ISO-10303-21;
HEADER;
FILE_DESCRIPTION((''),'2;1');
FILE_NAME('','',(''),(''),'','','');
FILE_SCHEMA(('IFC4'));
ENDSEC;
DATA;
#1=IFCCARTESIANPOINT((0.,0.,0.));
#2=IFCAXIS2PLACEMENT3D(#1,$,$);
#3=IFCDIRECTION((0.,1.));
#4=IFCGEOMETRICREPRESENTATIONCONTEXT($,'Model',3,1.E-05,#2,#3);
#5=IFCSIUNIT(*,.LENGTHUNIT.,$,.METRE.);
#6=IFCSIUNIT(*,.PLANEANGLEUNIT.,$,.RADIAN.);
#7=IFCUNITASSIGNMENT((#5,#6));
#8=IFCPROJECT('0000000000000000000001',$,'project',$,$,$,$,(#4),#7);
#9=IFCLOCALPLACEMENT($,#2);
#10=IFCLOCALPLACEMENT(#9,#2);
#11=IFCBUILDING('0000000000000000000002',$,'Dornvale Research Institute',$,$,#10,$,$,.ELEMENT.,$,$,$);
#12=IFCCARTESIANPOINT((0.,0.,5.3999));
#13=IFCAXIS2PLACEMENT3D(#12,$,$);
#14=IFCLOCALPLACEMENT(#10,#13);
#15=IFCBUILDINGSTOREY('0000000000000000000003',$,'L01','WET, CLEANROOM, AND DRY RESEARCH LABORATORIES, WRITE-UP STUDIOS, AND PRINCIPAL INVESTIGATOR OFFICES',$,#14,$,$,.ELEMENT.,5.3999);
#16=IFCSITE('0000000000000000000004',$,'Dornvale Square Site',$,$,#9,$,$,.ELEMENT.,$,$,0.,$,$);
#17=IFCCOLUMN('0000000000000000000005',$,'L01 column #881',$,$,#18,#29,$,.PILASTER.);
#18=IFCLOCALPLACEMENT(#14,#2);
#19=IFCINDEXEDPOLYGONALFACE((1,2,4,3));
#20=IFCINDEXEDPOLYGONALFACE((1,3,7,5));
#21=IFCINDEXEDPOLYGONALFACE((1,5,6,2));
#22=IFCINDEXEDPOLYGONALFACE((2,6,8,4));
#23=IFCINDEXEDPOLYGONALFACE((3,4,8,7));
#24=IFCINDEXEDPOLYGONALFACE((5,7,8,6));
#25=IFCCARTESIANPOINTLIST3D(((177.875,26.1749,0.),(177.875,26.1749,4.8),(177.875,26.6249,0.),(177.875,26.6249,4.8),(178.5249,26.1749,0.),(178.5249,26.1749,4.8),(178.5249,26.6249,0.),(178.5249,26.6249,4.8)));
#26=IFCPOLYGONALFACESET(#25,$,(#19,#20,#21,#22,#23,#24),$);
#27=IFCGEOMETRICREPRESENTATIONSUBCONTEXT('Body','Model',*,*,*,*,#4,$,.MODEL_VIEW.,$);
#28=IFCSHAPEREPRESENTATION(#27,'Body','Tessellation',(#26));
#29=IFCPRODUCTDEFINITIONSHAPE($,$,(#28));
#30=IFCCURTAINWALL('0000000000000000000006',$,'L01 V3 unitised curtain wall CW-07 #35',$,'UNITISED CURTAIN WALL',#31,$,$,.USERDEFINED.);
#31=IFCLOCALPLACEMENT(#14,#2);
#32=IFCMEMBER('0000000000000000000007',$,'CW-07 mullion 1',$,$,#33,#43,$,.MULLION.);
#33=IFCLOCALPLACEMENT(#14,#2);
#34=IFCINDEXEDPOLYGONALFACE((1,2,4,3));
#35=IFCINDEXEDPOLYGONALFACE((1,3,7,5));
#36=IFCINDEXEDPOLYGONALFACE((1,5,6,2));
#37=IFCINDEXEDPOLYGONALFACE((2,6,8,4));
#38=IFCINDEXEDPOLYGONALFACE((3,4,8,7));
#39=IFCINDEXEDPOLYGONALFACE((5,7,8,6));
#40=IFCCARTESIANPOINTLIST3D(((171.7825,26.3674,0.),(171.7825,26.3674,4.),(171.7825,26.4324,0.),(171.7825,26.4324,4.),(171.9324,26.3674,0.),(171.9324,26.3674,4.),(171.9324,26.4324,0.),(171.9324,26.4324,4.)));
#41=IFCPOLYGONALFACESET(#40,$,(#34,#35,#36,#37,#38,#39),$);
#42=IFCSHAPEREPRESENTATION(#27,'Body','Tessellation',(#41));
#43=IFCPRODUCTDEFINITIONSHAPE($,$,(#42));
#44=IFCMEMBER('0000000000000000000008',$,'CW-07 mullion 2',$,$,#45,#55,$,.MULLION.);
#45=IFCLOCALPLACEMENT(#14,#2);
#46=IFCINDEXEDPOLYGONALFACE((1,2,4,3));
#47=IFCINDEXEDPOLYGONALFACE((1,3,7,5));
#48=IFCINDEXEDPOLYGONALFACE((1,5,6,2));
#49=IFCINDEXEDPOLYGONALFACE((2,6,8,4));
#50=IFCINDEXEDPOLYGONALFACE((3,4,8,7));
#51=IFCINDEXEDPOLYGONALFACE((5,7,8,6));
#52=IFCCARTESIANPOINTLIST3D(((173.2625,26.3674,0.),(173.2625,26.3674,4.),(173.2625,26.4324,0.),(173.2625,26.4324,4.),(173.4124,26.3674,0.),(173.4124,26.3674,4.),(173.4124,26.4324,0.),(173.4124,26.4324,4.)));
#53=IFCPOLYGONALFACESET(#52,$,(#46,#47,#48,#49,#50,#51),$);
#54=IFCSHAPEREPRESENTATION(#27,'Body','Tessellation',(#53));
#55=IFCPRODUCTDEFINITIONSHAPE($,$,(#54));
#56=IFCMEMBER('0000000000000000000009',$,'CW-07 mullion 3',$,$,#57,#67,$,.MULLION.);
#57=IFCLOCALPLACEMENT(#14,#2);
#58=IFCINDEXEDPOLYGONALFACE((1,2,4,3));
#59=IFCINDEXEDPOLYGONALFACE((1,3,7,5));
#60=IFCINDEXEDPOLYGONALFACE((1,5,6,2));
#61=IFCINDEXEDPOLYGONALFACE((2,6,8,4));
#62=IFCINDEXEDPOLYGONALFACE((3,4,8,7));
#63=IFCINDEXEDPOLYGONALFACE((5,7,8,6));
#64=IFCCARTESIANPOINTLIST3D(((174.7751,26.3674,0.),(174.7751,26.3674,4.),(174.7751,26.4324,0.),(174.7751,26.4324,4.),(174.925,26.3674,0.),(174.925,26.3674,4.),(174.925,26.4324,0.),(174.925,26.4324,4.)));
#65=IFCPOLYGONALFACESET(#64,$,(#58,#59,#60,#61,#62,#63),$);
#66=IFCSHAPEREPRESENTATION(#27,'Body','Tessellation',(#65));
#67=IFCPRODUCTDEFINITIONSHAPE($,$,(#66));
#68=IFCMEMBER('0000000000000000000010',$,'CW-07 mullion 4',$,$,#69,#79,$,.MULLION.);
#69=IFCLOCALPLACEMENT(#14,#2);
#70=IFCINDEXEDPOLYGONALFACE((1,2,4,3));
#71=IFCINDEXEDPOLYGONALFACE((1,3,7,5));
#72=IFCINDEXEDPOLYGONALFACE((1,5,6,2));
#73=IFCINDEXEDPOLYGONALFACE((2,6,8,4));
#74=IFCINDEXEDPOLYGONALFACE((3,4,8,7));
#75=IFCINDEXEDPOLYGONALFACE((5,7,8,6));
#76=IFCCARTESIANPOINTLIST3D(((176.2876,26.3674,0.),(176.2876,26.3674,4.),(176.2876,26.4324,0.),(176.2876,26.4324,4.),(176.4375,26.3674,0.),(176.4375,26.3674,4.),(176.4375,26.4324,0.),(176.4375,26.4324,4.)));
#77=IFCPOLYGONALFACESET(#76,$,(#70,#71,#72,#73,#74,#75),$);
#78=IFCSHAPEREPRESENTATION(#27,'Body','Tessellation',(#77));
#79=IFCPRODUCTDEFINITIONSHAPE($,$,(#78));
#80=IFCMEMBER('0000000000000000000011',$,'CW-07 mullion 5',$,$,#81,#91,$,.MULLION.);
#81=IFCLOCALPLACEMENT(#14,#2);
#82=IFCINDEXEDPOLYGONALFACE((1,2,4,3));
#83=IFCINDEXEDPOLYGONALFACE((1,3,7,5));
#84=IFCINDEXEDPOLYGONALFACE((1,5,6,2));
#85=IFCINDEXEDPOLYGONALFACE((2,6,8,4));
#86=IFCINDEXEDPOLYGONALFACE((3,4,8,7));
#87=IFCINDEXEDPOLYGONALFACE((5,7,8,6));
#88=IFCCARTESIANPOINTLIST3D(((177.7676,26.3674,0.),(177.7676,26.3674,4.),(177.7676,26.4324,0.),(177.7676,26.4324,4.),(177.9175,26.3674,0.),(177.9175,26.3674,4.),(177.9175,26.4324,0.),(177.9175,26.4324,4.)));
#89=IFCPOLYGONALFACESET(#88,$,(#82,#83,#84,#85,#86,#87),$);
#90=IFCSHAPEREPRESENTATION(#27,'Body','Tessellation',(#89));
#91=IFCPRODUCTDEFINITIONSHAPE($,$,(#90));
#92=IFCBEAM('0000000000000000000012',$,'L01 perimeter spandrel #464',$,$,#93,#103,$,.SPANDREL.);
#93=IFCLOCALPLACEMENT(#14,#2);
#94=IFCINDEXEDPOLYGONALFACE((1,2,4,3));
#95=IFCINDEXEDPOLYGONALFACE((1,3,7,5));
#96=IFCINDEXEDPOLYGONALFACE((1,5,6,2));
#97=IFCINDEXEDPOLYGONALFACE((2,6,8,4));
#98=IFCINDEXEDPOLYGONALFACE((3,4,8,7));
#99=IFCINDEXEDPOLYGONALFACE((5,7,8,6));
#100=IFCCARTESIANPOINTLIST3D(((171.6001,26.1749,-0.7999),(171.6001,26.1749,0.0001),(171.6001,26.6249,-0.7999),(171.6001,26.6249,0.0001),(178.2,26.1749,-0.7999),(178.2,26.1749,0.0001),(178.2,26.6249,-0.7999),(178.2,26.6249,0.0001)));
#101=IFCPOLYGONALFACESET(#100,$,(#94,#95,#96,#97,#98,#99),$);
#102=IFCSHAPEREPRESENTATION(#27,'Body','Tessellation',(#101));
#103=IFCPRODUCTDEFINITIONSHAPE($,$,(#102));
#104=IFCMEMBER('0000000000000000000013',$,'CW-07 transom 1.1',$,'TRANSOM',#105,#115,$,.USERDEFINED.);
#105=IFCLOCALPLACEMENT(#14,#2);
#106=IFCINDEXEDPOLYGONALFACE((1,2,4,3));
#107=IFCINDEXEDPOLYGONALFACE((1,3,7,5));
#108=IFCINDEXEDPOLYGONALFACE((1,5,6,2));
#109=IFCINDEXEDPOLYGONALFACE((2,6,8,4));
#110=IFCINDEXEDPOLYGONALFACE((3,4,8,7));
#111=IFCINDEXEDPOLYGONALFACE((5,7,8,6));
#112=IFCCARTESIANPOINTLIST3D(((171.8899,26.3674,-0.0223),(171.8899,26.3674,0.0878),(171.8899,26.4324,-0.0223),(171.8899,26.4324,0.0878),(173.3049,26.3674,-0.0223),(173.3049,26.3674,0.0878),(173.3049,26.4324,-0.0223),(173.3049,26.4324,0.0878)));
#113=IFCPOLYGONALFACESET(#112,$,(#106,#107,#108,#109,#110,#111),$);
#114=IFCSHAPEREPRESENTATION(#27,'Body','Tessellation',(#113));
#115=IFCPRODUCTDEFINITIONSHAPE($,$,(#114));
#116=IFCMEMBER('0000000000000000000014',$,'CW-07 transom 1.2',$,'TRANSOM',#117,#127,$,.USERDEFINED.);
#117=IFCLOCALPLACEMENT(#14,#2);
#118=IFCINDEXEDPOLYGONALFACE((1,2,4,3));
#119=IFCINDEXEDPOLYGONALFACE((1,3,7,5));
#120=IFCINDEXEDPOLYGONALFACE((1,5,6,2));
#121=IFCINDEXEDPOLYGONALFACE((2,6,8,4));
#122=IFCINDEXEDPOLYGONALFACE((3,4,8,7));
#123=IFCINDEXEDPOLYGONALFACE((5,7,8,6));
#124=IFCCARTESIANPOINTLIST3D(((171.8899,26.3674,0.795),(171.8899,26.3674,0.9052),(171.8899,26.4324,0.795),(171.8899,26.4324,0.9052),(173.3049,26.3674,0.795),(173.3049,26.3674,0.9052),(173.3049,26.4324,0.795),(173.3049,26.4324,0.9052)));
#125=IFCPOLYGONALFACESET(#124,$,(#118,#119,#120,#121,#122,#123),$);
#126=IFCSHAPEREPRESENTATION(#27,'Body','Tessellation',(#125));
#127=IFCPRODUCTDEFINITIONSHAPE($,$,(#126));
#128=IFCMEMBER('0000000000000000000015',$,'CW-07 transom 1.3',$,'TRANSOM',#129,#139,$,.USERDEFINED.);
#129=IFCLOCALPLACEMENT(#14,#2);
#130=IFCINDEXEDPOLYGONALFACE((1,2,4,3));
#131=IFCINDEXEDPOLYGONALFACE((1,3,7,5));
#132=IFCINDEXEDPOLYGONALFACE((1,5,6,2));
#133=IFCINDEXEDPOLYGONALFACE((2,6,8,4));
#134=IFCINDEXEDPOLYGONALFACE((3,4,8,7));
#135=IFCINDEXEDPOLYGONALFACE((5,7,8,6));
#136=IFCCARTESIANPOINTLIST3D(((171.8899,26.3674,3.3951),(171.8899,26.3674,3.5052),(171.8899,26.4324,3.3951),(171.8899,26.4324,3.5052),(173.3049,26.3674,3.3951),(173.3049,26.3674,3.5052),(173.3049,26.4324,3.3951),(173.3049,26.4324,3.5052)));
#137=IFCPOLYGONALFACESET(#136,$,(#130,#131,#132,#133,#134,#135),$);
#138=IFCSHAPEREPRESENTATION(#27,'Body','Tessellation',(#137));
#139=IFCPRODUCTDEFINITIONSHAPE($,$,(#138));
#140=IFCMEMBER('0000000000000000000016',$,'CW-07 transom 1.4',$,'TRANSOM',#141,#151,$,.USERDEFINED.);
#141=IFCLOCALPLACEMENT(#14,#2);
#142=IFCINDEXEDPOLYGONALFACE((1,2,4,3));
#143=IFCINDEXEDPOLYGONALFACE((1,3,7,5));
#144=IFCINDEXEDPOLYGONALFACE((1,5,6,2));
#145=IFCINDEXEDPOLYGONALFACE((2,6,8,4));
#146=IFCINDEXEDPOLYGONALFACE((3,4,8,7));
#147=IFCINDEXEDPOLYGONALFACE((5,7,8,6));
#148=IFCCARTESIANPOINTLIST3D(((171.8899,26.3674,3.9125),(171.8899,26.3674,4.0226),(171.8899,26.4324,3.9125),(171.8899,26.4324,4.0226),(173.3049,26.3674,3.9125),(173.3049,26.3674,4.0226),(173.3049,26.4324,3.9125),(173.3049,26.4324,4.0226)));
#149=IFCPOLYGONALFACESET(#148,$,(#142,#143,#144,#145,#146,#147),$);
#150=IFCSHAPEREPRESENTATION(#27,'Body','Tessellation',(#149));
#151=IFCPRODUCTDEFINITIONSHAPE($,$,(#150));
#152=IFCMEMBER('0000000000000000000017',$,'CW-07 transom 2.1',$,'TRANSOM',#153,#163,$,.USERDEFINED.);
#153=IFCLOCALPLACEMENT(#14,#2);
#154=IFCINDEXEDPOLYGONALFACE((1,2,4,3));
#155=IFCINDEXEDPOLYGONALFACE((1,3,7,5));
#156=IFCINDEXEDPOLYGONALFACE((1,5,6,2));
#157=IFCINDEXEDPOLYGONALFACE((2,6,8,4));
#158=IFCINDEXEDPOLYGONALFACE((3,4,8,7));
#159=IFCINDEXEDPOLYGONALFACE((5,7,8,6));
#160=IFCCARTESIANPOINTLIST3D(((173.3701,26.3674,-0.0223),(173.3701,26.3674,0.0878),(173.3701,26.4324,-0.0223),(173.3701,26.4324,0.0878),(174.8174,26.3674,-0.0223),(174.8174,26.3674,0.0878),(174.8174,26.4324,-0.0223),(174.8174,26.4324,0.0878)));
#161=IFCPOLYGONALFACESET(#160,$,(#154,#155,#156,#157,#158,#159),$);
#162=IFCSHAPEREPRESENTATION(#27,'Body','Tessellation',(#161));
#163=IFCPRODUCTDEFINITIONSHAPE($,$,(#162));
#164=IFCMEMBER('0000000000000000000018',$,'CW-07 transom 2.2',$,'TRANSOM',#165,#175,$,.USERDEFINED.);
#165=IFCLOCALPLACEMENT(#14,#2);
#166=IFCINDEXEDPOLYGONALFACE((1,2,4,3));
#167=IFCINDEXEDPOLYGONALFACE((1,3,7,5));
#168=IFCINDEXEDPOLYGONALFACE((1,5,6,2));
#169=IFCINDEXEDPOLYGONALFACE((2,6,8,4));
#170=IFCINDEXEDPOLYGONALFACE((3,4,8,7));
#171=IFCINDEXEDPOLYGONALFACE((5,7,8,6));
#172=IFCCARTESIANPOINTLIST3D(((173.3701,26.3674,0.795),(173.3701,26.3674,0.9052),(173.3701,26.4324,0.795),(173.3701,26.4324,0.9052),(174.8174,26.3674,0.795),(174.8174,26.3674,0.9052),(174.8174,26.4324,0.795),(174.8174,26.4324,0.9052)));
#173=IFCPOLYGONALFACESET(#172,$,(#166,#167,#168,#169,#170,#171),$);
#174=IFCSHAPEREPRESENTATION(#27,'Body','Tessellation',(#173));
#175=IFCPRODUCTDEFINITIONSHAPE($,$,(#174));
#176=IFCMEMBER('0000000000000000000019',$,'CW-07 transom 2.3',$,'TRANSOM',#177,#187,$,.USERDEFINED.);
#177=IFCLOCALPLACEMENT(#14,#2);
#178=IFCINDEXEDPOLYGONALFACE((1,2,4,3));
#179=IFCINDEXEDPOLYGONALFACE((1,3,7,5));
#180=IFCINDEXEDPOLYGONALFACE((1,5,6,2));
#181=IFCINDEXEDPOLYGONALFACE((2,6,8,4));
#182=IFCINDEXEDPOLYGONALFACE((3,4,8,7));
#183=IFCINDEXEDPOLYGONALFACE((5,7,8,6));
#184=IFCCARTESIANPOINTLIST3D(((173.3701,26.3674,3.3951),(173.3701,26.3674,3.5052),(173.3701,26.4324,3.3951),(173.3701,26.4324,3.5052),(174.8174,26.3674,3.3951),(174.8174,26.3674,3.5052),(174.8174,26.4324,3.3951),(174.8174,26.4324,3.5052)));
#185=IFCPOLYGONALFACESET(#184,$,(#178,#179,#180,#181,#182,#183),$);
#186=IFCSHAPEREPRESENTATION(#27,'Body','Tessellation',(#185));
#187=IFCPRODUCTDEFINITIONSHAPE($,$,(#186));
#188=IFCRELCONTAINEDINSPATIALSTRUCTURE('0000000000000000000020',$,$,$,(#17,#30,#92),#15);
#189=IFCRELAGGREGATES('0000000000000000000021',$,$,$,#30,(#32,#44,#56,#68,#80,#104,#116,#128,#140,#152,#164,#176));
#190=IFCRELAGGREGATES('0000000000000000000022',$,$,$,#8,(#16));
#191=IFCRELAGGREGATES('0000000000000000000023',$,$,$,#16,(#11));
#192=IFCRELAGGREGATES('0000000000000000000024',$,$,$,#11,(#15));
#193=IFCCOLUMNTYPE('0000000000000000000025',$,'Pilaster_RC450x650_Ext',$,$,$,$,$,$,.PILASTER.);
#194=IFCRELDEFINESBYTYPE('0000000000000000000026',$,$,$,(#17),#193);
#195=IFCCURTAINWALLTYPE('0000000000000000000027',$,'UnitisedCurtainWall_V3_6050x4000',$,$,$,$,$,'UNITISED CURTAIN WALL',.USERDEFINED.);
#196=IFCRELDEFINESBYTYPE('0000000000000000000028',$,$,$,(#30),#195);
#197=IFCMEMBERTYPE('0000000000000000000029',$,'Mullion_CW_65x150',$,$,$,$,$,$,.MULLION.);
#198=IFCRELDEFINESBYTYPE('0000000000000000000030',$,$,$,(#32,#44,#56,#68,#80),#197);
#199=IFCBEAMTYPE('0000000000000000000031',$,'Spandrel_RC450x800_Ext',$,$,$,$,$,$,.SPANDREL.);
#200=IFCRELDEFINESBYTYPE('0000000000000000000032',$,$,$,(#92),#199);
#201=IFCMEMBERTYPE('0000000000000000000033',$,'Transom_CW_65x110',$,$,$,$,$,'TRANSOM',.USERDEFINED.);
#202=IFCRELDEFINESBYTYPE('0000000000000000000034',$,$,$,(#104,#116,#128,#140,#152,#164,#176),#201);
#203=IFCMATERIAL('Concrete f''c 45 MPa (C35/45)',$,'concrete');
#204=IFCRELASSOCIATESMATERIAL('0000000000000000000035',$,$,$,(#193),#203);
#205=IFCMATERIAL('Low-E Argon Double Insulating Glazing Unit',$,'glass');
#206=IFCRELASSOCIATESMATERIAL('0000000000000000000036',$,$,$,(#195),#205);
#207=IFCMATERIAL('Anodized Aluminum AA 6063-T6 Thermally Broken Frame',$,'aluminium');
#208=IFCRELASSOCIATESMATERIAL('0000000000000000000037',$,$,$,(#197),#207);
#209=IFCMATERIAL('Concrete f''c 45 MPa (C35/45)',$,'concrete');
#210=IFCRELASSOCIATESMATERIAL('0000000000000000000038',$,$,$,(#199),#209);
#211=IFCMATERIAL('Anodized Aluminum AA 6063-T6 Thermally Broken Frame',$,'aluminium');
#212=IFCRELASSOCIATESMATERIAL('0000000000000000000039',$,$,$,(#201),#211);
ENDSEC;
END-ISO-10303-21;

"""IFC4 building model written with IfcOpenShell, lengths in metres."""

from ifc_helpers import new_model, si_unit, direction, frame, origin, origin_2d, place, context, subcontext, project, spatial, rectangle, extrude, material, material_profile, profile_set, type_object, element, aggregate, save


model = new_model("IFC4")

# Units and contexts
model_context = context("Model", 3, precision=1e-05, world=origin(), true_north=direction((0.0, 1.0)))
body_context = subcontext(model_context, "Body", "Model", "MODEL_VIEW")
ifc_project = project(units=[si_unit("LENGTHUNIT", "METRE"), si_unit("PLANEANGLEUNIT", "RADIAN")], contexts=[model_context])

# Site, building, storey
site_placement = place(None, origin())
site = spatial("IfcSite", under=ifc_project, at=site_placement, Name="Dornvale Square Site", CompositionType="ELEMENT", RefElevation=0.0)
building_placement = place(site_placement, origin())
building = spatial("IfcBuilding", under=site, at=building_placement, Name="Dornvale Research Institute", CompositionType="ELEMENT")
storey_placement = place(building_placement, frame((0.0, 0.0, 5.3999)))
storey = spatial("IfcBuildingStorey", under=building, at=storey_placement, Name="L01", Description="WET, CLEANROOM, AND DRY RESEARCH LABORATORIES, WRITE-UP STUDIOS, AND PRINCIPAL INVESTIGATOR OFFICES", CompositionType="ELEMENT", Elevation=5.3999)

# Column
ifc_material_1 = material(Name="Concrete f'c 45 MPa (C35/45)", Category="concrete")
ifc_material_profile_1 = material_profile(ifc_material_1, rectangle(XDim=0.45, YDim=0.6499, at=origin_2d()), Name="RC 450x650")
ifc_profile_set_1 = profile_set([ifc_material_profile_1], Name="Concrete f'c 45 MPa (C35/45)")
column_type = type_object("IfcColumnType", Name="Pilaster_RC450x650_Ext", PredefinedType="PILASTER", material=ifc_profile_set_1)
column_placement = place(storey_placement, frame((178.2, 26.3999, 0.0), z_axis=(0.0, 0.0, 1.0), x_axis=(0.0, 1.0, 0.0)))
element("IfcColumn", 1, at=column_placement, inside=storey, type_object=column_type, Name="L01 column #881", PredefinedType="PILASTER", context=body_context, shape_type="SweptSolid", body=[
    extrude(rectangle(XDim=0.45, YDim=0.6499, at=origin_2d()), origin(), (0.0, 0.0, 1.0), 4.8),
])

# Curtain wall, members
ifc_material_2 = material(Name="Low-E Argon Double Insulating Glazing Unit", Category="glass")
curtain_wall_type = type_object("IfcCurtainWallType", Name="UnitisedCurtainWall_V3_6050x4000", ElementType="UNITISED CURTAIN WALL", PredefinedType="USERDEFINED", material=ifc_material_2)
curtain_wall_placement = place(storey_placement, origin())
curtain_wall = element("IfcCurtainWall", 2, at=curtain_wall_placement, inside=storey, type_object=curtain_wall_type, Name="L01 V3 unitised curtain wall CW-07 #35", ObjectType="UNITISED CURTAIN WALL", PredefinedType="USERDEFINED")
ifc_material_3 = material(Name="Anodized Aluminum AA 6063-T6 Thermally Broken Frame", Category="aluminium")
ifc_material_profile_2 = material_profile(ifc_material_3, rectangle(XDim=0.0649, YDim=0.1499, at=origin_2d()), Name="ALU MULLION 65x150")
ifc_profile_set_2 = profile_set([ifc_material_profile_2], Name="Anodized Aluminum AA 6063-T6 Thermally Broken Frame")
member_type_1 = type_object("IfcMemberType", Name="Mullion_CW_65x150", PredefinedType="MULLION", material=ifc_profile_set_2)
member_1_placement = place(storey_placement, frame((171.8574, 26.3999, 0.0), z_axis=(0.0, 0.0, 1.0), x_axis=(0.0, 1.0, 0.0)))
member_1 = element("IfcMember", 3, at=member_1_placement, type_object=member_type_1, Name="CW-07 mullion 1", PredefinedType="MULLION", context=body_context, shape_type="SweptSolid", body=[
    extrude(rectangle(XDim=0.0649, YDim=0.1499, at=origin_2d()), origin(), (0.0, 0.0, 1.0), 4.0),
])
member_2_placement = place(storey_placement, frame((173.3374, 26.3999, 0.0), z_axis=(0.0, 0.0, 1.0), x_axis=(0.0, 1.0, 0.0)))
member_2 = element("IfcMember", 4, at=member_2_placement, type_object=member_type_1, Name="CW-07 mullion 2", PredefinedType="MULLION", context=body_context, shape_type="SweptSolid", body=[
    extrude(rectangle(XDim=0.0649, YDim=0.1499, at=origin_2d()), origin(), (0.0, 0.0, 1.0), 4.0),
])
member_3_placement = place(storey_placement, frame((174.8501, 26.3999, 0.0), z_axis=(0.0, 0.0, 1.0), x_axis=(0.0, 1.0, 0.0)))
member_3 = element("IfcMember", 5, at=member_3_placement, type_object=member_type_1, Name="CW-07 mullion 3", PredefinedType="MULLION", context=body_context, shape_type="SweptSolid", body=[
    extrude(rectangle(XDim=0.0649, YDim=0.1499, at=origin_2d()), origin(), (0.0, 0.0, 1.0), 4.0),
])
member_4_placement = place(storey_placement, frame((176.3625, 26.3999, 0.0), z_axis=(0.0, 0.0, 1.0), x_axis=(0.0, 1.0, 0.0)))
member_4 = element("IfcMember", 6, at=member_4_placement, type_object=member_type_1, Name="CW-07 mullion 4", PredefinedType="MULLION", context=body_context, shape_type="SweptSolid", body=[
    extrude(rectangle(XDim=0.0649, YDim=0.1499, at=origin_2d()), origin(), (0.0, 0.0, 1.0), 4.0),
])
member_5_placement = place(storey_placement, frame((177.8425, 26.3999, 0.0), z_axis=(0.0, 0.0, 1.0), x_axis=(0.0, 1.0, 0.0)))
member_5 = element("IfcMember", 7, at=member_5_placement, type_object=member_type_1, Name="CW-07 mullion 5", PredefinedType="MULLION", context=body_context, shape_type="SweptSolid", body=[
    extrude(rectangle(XDim=0.0649, YDim=0.1499, at=origin_2d()), origin(), (0.0, 0.0, 1.0), 4.0),
])

# Beam
ifc_material_4 = material(Name="Concrete f'c 45 MPa (C35/45)", Category="concrete")
ifc_material_profile_3 = material_profile(ifc_material_4, rectangle(XDim=0.45, YDim=0.8, at=origin_2d()), Name="RC 450x800")
ifc_profile_set_3 = profile_set([ifc_material_profile_3], Name="Concrete f'c 45 MPa (C35/45)")
beam_type = type_object("IfcBeamType", Name="Spandrel_RC450x800_Ext", PredefinedType="SPANDREL", material=ifc_profile_set_3)
beam_placement = place(storey_placement, frame((171.6001, 26.3999, -0.3999), z_axis=(1.0, 0.0, 0.0), x_axis=(0.0, 1.0, 0.0)))
element("IfcBeam", 8, at=beam_placement, inside=storey, type_object=beam_type, Name="L01 perimeter spandrel #464", PredefinedType="SPANDREL", context=body_context, shape_type="SweptSolid", body=[
    extrude(rectangle(XDim=0.45, YDim=0.8, at=origin_2d()), origin(), (0.0, 0.0, 1.0), 6.5999),
])

# Members
ifc_material_5 = material(Name="Anodized Aluminum AA 6063-T6 Thermally Broken Frame", Category="aluminium")
ifc_material_profile_4 = material_profile(ifc_material_5, rectangle(XDim=0.0649, YDim=0.1101, at=origin_2d()), Name="ALU TRANSOM 65x110")
ifc_profile_set_4 = profile_set([ifc_material_profile_4], Name="Anodized Aluminum AA 6063-T6 Thermally Broken Frame")
member_type_2 = type_object("IfcMemberType", Name="Transom_CW_65x110", ElementType="TRANSOM", PredefinedType="USERDEFINED", material=ifc_profile_set_4)
member_6_placement = place(storey_placement, frame((171.8899, 26.3999, 0.0327), z_axis=(1.0, 0.0, 0.0), x_axis=(0.0, 1.0, 0.0)))
member_6 = element("IfcMember", 9, at=member_6_placement, type_object=member_type_2, Name="CW-07 transom 1.1", ObjectType="TRANSOM", PredefinedType="USERDEFINED", context=body_context, shape_type="SweptSolid", body=[
    extrude(rectangle(XDim=0.0649, YDim=0.1101, at=origin_2d()), origin(), (0.0, 0.0, 1.0), 1.415),
])
member_7_placement = place(storey_placement, frame((171.8899, 26.3999, 0.8501), z_axis=(1.0, 0.0, 0.0), x_axis=(0.0, 1.0, 0.0)))
member_7 = element("IfcMember", 10, at=member_7_placement, type_object=member_type_2, Name="CW-07 transom 1.2", ObjectType="TRANSOM", PredefinedType="USERDEFINED", context=body_context, shape_type="SweptSolid", body=[
    extrude(rectangle(XDim=0.0649, YDim=0.1101, at=origin_2d()), origin(), (0.0, 0.0, 1.0), 1.415),
])
member_8_placement = place(storey_placement, frame((171.8899, 26.3999, 3.4502), z_axis=(1.0, 0.0, 0.0), x_axis=(0.0, 1.0, 0.0)))
member_8 = element("IfcMember", 11, at=member_8_placement, type_object=member_type_2, Name="CW-07 transom 1.3", ObjectType="TRANSOM", PredefinedType="USERDEFINED", context=body_context, shape_type="SweptSolid", body=[
    extrude(rectangle(XDim=0.0649, YDim=0.1101, at=origin_2d()), origin(), (0.0, 0.0, 1.0), 1.415),
])
member_9_placement = place(storey_placement, frame((171.8899, 26.3999, 3.9675), z_axis=(1.0, 0.0, 0.0), x_axis=(0.0, 1.0, 0.0)))
member_9 = element("IfcMember", 12, at=member_9_placement, type_object=member_type_2, Name="CW-07 transom 1.4", ObjectType="TRANSOM", PredefinedType="USERDEFINED", context=body_context, shape_type="SweptSolid", body=[
    extrude(rectangle(XDim=0.0649, YDim=0.1101, at=origin_2d()), origin(), (0.0, 0.0, 1.0), 1.415),
])
member_10_placement = place(storey_placement, frame((173.3701, 26.3999, 0.0327), z_axis=(1.0, 0.0, 0.0), x_axis=(0.0, 1.0, 0.0)))
member_10 = element("IfcMember", 13, at=member_10_placement, type_object=member_type_2, Name="CW-07 transom 2.1", ObjectType="TRANSOM", PredefinedType="USERDEFINED", context=body_context, shape_type="SweptSolid", body=[
    extrude(rectangle(XDim=0.0649, YDim=0.1101, at=origin_2d()), origin(), (0.0, 0.0, 1.0), 1.4473),
])
member_11_placement = place(storey_placement, frame((173.3701, 26.3999, 0.8501), z_axis=(1.0, 0.0, 0.0), x_axis=(0.0, 1.0, 0.0)))
member_11 = element("IfcMember", 14, at=member_11_placement, type_object=member_type_2, Name="CW-07 transom 2.2", ObjectType="TRANSOM", PredefinedType="USERDEFINED", context=body_context, shape_type="SweptSolid", body=[
    extrude(rectangle(XDim=0.0649, YDim=0.1101, at=origin_2d()), origin(), (0.0, 0.0, 1.0), 1.4473),
])
member_12_placement = place(storey_placement, frame((173.3701, 26.3999, 3.4502), z_axis=(1.0, 0.0, 0.0), x_axis=(0.0, 1.0, 0.0)))
member_12 = element("IfcMember", 15, at=member_12_placement, type_object=member_type_2, Name="CW-07 transom 2.3", ObjectType="TRANSOM", PredefinedType="USERDEFINED", context=body_context, shape_type="SweptSolid", body=[
    extrude(rectangle(XDim=0.0649, YDim=0.1101, at=origin_2d()), origin(), (0.0, 0.0, 1.0), 1.4473),
])

aggregate(curtain_wall, [member_1, member_2, member_3, member_4, member_5, member_6, member_7, member_8, member_9, member_10, member_11, member_12])

save(model, "model.ifc")
